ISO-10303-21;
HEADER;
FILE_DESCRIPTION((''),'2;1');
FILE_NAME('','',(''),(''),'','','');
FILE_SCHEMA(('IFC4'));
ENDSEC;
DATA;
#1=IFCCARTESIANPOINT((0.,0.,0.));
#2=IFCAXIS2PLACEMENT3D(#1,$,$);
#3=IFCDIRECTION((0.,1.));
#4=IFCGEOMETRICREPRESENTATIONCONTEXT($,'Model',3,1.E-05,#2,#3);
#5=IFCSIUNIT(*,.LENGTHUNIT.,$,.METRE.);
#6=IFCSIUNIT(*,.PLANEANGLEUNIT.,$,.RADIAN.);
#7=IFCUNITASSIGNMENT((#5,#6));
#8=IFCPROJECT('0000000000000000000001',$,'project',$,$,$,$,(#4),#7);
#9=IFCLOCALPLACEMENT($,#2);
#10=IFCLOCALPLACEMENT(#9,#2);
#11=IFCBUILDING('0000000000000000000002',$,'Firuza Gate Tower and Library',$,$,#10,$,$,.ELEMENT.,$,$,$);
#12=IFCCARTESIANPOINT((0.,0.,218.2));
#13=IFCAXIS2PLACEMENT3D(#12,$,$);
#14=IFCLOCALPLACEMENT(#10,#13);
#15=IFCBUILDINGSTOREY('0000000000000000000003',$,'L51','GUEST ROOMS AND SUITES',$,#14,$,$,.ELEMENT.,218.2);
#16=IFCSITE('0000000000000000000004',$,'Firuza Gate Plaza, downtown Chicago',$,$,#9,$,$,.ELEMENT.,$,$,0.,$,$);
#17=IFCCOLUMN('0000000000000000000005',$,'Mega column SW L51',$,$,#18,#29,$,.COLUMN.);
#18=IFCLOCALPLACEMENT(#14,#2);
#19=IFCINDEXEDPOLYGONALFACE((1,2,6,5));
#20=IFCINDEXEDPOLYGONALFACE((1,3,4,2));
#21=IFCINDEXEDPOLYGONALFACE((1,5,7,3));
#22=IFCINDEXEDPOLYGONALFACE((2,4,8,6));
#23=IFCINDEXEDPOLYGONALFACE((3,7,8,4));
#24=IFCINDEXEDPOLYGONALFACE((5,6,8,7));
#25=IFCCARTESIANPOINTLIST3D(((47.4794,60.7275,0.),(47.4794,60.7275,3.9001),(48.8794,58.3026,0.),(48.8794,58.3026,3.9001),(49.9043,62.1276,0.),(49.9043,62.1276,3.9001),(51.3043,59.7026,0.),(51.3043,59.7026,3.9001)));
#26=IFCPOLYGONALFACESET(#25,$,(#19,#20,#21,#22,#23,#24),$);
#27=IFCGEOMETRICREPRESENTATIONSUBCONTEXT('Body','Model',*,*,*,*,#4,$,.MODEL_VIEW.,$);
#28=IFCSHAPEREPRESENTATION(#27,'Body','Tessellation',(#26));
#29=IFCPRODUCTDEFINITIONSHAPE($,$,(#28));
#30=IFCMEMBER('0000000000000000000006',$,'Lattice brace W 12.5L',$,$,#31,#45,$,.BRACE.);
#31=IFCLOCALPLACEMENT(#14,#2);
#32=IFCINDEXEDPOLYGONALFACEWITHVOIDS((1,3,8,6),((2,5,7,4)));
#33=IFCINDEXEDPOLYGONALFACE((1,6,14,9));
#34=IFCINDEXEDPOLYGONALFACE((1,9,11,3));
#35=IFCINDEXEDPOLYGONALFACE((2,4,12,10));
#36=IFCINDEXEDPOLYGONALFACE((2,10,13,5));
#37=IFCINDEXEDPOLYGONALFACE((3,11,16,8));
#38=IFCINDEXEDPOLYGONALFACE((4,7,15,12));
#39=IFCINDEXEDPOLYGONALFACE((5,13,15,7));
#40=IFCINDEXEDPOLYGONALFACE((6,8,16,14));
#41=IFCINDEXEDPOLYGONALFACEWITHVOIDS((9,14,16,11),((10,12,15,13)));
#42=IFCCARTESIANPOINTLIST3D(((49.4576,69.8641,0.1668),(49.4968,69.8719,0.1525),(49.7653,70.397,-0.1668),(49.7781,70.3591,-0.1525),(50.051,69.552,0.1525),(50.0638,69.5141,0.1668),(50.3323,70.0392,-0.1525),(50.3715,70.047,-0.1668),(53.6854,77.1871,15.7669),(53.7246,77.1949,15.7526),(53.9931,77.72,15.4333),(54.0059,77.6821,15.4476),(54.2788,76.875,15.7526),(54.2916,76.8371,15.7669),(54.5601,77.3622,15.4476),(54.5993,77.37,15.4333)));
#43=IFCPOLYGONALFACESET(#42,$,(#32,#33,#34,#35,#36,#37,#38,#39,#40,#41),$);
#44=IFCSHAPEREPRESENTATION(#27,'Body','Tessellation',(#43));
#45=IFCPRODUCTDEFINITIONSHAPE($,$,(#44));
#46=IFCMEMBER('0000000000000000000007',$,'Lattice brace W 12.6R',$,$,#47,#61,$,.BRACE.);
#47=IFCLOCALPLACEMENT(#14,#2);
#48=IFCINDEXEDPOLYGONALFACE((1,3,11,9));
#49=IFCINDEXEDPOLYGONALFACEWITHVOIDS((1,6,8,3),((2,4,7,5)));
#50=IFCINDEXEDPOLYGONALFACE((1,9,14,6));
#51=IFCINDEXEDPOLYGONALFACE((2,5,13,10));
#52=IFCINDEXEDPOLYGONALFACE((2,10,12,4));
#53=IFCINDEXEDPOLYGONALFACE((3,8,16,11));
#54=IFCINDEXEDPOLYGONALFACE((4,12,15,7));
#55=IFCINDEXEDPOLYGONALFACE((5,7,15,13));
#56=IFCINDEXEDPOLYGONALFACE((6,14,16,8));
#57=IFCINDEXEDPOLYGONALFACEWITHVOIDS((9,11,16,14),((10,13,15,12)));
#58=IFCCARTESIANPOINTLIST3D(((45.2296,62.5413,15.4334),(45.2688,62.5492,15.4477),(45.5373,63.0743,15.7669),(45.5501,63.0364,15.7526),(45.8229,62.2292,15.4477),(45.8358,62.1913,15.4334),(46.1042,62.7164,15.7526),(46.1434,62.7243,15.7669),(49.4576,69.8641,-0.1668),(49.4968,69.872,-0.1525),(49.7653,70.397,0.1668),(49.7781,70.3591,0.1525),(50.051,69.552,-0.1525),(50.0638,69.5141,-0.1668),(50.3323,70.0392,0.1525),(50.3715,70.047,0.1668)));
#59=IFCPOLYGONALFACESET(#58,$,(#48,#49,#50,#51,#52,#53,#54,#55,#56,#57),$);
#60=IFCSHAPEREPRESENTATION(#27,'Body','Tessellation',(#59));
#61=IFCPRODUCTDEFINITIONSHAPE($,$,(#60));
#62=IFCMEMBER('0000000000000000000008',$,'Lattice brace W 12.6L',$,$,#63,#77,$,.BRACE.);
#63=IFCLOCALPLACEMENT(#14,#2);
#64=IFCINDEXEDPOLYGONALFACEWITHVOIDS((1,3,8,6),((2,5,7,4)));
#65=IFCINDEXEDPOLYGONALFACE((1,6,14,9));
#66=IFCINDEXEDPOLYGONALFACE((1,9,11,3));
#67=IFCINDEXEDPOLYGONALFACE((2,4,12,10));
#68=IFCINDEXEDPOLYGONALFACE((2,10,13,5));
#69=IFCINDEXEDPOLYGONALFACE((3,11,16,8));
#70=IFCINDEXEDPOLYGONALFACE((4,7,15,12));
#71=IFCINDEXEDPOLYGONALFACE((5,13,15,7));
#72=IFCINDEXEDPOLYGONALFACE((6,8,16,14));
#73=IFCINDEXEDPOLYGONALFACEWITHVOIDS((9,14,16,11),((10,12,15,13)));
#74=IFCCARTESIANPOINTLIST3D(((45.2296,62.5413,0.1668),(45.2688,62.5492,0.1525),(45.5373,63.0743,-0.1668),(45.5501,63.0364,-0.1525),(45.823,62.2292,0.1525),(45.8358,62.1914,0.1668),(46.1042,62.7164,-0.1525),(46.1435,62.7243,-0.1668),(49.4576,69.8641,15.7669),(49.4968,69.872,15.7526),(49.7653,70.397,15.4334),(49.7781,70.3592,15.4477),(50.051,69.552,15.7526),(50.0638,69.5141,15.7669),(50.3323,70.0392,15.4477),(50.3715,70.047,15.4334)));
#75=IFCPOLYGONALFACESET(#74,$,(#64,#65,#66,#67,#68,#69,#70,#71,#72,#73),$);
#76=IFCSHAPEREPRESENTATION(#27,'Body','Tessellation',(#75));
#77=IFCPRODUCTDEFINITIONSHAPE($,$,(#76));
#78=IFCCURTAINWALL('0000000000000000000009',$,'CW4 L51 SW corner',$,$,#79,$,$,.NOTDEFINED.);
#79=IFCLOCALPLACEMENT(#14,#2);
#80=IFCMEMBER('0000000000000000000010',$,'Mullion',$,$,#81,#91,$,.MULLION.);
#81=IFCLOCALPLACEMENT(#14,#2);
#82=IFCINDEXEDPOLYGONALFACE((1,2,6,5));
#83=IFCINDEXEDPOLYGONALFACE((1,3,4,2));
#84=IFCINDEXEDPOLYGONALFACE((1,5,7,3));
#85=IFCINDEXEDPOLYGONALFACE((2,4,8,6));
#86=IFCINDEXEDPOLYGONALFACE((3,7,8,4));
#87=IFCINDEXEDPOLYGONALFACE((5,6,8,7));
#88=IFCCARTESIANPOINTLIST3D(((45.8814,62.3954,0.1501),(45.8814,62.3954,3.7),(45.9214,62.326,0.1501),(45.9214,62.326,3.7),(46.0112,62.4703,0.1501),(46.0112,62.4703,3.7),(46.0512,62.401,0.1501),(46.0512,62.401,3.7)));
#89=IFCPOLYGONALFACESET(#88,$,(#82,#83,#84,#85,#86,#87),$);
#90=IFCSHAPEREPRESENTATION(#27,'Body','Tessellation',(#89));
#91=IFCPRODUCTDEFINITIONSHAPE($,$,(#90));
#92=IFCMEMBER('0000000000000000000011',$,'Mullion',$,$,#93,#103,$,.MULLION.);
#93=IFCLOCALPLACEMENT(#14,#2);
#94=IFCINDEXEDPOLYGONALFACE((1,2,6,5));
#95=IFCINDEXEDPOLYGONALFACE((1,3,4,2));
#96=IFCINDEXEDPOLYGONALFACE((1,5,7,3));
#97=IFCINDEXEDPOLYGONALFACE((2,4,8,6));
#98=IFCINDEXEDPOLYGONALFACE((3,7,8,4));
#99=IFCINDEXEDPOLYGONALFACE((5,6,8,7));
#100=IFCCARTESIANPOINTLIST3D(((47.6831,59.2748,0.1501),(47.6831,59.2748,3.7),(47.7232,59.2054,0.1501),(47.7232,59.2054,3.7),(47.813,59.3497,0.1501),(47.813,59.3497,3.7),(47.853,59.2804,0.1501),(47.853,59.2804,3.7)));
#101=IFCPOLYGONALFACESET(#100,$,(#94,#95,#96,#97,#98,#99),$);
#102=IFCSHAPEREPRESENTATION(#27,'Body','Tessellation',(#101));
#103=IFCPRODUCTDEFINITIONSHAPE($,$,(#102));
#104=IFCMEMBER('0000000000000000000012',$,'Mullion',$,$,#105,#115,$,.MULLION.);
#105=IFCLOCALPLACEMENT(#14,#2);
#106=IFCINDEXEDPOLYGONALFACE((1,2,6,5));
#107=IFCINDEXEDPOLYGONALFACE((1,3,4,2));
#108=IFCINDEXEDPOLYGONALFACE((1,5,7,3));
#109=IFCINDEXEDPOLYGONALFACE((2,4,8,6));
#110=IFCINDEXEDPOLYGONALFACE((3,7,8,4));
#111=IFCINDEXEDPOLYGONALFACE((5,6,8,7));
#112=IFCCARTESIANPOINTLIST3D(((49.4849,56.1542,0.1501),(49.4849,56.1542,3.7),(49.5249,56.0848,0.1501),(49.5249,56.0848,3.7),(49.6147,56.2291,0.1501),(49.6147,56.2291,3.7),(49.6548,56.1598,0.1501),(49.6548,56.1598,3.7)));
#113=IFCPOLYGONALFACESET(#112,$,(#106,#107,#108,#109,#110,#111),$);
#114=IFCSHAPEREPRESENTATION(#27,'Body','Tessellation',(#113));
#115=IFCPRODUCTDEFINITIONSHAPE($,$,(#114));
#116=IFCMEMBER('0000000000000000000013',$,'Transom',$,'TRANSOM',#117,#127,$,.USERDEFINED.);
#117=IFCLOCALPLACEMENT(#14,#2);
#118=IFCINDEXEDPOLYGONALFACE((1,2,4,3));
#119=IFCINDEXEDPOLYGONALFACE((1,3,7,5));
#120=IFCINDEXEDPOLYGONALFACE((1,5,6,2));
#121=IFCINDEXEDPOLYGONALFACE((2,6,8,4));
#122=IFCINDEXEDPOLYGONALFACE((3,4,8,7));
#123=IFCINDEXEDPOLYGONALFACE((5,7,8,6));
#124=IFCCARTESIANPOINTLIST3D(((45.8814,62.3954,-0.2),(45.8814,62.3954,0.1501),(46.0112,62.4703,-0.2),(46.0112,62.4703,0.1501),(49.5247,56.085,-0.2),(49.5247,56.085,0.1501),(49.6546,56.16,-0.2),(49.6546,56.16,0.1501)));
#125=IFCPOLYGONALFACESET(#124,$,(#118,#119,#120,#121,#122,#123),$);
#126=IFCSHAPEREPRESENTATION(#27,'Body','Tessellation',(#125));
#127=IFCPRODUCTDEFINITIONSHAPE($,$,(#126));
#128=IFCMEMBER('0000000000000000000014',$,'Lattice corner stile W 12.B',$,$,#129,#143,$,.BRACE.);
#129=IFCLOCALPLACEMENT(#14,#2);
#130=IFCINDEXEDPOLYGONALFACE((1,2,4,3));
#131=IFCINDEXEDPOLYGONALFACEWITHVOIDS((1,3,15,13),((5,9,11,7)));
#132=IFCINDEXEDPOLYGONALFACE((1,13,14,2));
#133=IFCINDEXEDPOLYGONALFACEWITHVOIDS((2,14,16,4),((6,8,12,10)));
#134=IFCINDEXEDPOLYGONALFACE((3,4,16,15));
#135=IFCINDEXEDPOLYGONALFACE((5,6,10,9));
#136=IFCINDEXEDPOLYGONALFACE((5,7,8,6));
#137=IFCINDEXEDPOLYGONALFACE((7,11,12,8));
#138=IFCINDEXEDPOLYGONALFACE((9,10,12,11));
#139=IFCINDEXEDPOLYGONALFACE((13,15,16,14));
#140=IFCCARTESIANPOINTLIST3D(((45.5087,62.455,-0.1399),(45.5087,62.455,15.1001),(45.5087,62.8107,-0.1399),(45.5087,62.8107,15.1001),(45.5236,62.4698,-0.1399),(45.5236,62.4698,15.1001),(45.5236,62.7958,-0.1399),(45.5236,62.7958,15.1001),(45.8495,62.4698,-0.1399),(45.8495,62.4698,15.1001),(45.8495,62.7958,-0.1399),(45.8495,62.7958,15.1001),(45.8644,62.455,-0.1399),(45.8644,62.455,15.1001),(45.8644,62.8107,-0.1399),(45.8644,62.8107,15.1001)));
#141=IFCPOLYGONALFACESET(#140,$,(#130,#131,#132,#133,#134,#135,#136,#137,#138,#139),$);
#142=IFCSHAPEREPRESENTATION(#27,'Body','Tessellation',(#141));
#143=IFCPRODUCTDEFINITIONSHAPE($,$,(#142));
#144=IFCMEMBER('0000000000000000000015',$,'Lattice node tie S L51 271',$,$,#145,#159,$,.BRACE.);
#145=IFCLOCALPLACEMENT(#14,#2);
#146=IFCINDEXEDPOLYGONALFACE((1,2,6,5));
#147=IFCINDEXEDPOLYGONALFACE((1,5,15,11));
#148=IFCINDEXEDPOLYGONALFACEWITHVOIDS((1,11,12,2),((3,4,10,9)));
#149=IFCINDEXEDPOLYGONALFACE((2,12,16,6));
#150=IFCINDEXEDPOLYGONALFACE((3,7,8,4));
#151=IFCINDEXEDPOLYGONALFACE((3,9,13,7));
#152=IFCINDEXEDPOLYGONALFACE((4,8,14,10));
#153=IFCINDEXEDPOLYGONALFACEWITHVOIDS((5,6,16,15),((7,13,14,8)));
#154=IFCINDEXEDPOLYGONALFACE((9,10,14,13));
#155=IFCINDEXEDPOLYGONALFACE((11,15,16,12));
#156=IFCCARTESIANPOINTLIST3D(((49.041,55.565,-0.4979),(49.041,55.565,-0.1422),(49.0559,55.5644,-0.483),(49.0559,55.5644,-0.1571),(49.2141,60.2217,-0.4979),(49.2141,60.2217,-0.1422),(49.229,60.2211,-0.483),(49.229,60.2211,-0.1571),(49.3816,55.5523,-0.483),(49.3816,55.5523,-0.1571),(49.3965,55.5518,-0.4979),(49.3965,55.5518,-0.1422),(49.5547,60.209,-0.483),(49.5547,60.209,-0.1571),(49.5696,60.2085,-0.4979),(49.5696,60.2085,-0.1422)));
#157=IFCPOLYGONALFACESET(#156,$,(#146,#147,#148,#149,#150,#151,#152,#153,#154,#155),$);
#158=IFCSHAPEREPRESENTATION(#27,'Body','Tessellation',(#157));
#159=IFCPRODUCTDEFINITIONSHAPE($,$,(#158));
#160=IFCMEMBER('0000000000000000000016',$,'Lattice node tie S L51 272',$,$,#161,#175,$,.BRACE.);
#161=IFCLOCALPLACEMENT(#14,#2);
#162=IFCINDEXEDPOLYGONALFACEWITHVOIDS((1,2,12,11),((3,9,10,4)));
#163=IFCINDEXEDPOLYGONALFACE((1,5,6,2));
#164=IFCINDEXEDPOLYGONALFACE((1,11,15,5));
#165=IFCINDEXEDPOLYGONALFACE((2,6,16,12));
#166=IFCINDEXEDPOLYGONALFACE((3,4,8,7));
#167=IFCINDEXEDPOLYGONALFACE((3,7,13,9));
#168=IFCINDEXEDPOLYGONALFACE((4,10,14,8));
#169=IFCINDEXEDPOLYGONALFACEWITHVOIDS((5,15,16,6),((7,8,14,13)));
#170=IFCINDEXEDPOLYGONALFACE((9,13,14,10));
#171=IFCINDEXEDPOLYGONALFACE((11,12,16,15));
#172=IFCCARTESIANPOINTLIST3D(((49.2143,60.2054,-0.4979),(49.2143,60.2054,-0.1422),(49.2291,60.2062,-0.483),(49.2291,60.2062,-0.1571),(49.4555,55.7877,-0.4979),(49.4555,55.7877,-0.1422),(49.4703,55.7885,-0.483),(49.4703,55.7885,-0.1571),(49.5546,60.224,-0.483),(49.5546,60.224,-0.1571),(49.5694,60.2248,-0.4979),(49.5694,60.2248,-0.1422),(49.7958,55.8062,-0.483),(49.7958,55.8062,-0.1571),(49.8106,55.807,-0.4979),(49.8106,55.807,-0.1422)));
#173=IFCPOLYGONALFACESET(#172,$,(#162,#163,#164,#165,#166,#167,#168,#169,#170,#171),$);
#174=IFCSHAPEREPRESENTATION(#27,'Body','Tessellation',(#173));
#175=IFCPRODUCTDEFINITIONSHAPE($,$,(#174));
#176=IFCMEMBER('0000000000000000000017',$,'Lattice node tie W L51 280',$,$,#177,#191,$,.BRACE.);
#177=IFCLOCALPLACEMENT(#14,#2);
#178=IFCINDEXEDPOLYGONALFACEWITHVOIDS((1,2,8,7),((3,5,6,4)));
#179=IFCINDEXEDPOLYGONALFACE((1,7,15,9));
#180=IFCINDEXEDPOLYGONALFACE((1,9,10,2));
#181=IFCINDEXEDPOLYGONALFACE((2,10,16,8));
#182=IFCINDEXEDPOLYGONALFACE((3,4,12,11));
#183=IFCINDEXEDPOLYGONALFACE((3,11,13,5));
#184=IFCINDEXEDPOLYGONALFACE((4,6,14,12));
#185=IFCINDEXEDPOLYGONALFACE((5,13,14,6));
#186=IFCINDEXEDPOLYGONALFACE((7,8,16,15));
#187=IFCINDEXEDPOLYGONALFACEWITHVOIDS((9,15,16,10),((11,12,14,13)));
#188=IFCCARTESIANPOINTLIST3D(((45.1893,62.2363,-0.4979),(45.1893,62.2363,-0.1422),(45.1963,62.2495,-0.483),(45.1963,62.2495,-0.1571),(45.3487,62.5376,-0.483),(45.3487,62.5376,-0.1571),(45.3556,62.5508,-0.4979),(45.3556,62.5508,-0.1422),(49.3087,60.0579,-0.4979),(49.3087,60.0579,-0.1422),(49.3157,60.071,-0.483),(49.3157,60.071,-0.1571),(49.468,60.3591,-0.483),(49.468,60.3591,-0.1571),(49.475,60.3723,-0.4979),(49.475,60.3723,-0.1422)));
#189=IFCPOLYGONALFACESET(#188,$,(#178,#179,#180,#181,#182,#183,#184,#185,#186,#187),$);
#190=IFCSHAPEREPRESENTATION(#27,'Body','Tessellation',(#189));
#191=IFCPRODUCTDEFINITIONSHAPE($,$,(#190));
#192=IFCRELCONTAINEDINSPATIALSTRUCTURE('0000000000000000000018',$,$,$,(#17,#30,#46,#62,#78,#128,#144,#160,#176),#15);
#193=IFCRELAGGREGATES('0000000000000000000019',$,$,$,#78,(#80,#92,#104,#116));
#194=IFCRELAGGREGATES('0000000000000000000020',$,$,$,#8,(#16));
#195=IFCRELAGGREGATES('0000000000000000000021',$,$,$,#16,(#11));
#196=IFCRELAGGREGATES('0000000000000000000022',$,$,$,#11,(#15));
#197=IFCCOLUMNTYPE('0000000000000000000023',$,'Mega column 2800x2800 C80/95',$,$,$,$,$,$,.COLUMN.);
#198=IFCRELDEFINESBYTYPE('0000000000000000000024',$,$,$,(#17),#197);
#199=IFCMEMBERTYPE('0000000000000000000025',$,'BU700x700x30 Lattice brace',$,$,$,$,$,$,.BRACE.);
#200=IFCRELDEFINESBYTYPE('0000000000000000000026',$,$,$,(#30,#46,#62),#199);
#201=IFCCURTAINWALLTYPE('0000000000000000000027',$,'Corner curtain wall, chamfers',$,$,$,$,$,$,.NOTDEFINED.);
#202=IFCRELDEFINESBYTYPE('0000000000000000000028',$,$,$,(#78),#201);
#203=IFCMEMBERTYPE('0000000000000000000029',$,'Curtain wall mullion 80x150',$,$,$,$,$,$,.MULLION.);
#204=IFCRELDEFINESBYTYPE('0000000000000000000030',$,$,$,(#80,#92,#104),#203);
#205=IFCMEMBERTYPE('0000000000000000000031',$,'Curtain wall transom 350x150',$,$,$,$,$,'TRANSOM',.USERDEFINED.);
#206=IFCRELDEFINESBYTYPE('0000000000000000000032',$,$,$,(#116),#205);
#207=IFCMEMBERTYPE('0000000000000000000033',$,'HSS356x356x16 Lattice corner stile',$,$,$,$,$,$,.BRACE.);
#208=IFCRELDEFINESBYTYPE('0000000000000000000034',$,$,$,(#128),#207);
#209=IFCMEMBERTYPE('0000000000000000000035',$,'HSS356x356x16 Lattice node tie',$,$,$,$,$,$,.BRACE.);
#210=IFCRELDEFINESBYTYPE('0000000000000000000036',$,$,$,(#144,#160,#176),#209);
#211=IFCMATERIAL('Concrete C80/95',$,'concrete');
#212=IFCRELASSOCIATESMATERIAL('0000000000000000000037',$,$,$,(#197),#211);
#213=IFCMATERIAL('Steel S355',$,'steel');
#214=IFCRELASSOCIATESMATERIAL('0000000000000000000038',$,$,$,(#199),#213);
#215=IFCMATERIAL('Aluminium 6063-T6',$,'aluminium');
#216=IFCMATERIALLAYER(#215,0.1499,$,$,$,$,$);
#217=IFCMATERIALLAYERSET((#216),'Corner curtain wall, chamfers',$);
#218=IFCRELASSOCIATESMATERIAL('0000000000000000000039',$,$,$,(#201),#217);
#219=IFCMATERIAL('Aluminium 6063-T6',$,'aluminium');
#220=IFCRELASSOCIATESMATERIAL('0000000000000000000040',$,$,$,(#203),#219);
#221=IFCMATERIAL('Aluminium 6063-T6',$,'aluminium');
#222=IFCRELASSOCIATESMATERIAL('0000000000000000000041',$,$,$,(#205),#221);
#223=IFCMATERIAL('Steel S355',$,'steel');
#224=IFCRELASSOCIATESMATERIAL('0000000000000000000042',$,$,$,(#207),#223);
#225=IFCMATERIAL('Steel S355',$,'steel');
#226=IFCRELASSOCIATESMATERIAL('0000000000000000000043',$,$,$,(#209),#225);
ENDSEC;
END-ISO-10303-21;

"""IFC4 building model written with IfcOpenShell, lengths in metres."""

from ifc_helpers import new_model, si_unit, direction, frame, origin, origin_2d, place, context, subcontext, project, spatial, rectangle, hollow_rectangle, extrude, material, layer, layer_set, material_profile, profile_set, type_object, element, aggregate, save


model = new_model("IFC4")

# Units and contexts
model_context = context("Model", 3, precision=1e-05, world=origin(), true_north=direction((0.0, 1.0)))
body_context = subcontext(model_context, "Body", "Model", "MODEL_VIEW")
ifc_project = project(units=[si_unit("LENGTHUNIT", "METRE"), si_unit("PLANEANGLEUNIT", "RADIAN")], contexts=[model_context])

# Site, building, storey
site_placement = place(None, origin())
site = spatial("IfcSite", under=ifc_project, at=site_placement, Name="Firuza Gate Plaza, downtown Chicago", CompositionType="ELEMENT", RefElevation=0.0)
building_placement = place(site_placement, origin())
building = spatial("IfcBuilding", under=site, at=building_placement, Name="Firuza Gate Tower and Library", CompositionType="ELEMENT")
storey_placement = place(building_placement, frame((0.0, 0.0, 218.2)))
storey = spatial("IfcBuildingStorey", under=building, at=storey_placement, Name="L51", Description="GUEST ROOMS AND SUITES", CompositionType="ELEMENT", Elevation=218.2)

# Column
ifc_material_1 = material(Name="Concrete C80/95", Category="concrete")
ifc_material_profile_1 = material_profile(ifc_material_1, rectangle(XDim=2.8, YDim=2.8, at=origin_2d()))
ifc_profile_set_1 = profile_set([ifc_material_profile_1], Name="Concrete C80/95")
column_type = type_object("IfcColumnType", Name="Mega column 2800x2800 C80/95", PredefinedType="COLUMN", material=ifc_profile_set_1)
column_placement = place(storey_placement, frame((49.3918, 60.2151, 0.0), z_axis=(0.0, 0.0, 1.0), x_axis=(0.5, -0.866025, 0.0)))
element("IfcColumn", 1, at=column_placement, inside=storey, type_object=column_type, Name="Mega column SW L51", PredefinedType="COLUMN", context=body_context, shape_type="SweptSolid", body=[
    extrude(rectangle(XDim=2.8, YDim=2.8, at=origin_2d()), origin(), (0.0, 0.0, 1.0), 3.9001),
])

# Members
ifc_material_2 = material(Name="Steel S355", Category="steel")
ifc_material_profile_2 = material_profile(ifc_material_2, hollow_rectangle(XDim=0.7, YDim=0.7, WallThickness=0.03, at=origin_2d()))
ifc_profile_set_2 = profile_set([ifc_material_profile_2], Name="Steel S355")
member_type_1 = type_object("IfcMemberType", Name="BU700x700x30 Lattice brace", PredefinedType="BRACE", material=ifc_profile_set_2)
for number, where, z_axis, x_axis, name in (
    (2, (49.9146, 69.9556, 0.0), (0.23826, 0.412694, 0.879156), (-0.866033, 0.499987, 0.0), "Lattice brace W 12.5L"),
    (3, (49.9146, 69.9556, 0.0), (-0.238275, -0.412681, 0.879159), (0.866013, -0.500021, 0.0), "Lattice brace W 12.6R"),
    (4, (45.6865, 62.6328, 0.0), (0.238275, 0.412681, 0.879159), (-0.866013, 0.500021, 0.0), "Lattice brace W 12.6L"),
):
    element("IfcMember", number, at=place(storey_placement, frame(where, z_axis=z_axis, x_axis=x_axis)), inside=storey, type_object=member_type_1, Name=name, PredefinedType="BRACE", context=body_context, shape_type="SweptSolid", body=[
        extrude(hollow_rectangle(XDim=0.7, YDim=0.7, WallThickness=0.03, at=origin_2d()), origin(), (0.0, 0.0, 1.0), 17.7444),
    ])

# Curtain wall, members
ifc_material_3 = material(Name="Aluminium 6063-T6", Category="aluminium")
ifc_layer_1 = layer(ifc_material_3, 0.1499)
ifc_layer_set_1 = layer_set([ifc_layer_1], Name="Corner curtain wall, chamfers")
curtain_wall_type = type_object("IfcCurtainWallType", Name="Corner curtain wall, chamfers", PredefinedType="NOTDEFINED", material=ifc_layer_set_1)
curtain_wall_placement = place(storey_placement, origin())
curtain_wall = element("IfcCurtainWall", 5, at=curtain_wall_placement, inside=storey, type_object=curtain_wall_type, Name="CW4 L51 SW corner", PredefinedType="NOTDEFINED")
ifc_material_4 = material(Name="Aluminium 6063-T6", Category="aluminium")
ifc_material_profile_3 = material_profile(ifc_material_4, rectangle(XDim=0.1499, YDim=0.0801, at=origin_2d()))
ifc_profile_set_3 = profile_set([ifc_material_profile_3], Name="Aluminium 6063-T6")
member_type_2 = type_object("IfcMemberType", Name="Curtain wall mullion 80x150", PredefinedType="MULLION", material=ifc_profile_set_3)
member_1_placement = place(storey_placement, frame((45.9663, 62.3982, 0.1501), z_axis=(0.0, 0.0, 1.0), x_axis=(0.866025, 0.5, 0.0)))
member_1 = element("IfcMember", 6, at=member_1_placement, type_object=member_type_2, Name="Mullion", PredefinedType="MULLION", context=body_context, shape_type="SweptSolid", body=[
    extrude(rectangle(XDim=0.1499, YDim=0.0801, at=origin_2d()), origin(), (0.0, 0.0, 1.0), 3.5498),
])
member_2_placement = place(storey_placement, frame((47.7681, 59.2776, 0.1501), z_axis=(0.0, 0.0, 1.0), x_axis=(0.866025, 0.5, 0.0)))
member_2 = element("IfcMember", 7, at=member_2_placement, type_object=member_type_2, Name="Mullion", PredefinedType="MULLION", context=body_context, shape_type="SweptSolid", body=[
    extrude(rectangle(XDim=0.1499, YDim=0.0801, at=origin_2d()), origin(), (0.0, 0.0, 1.0), 3.5498),
])
member_3_placement = place(storey_placement, frame((49.5698, 56.157, 0.1501), z_axis=(0.0, 0.0, 1.0), x_axis=(0.866025, 0.5, 0.0)))
member_3 = element("IfcMember", 8, at=member_3_placement, type_object=member_type_2, Name="Mullion", PredefinedType="MULLION", context=body_context, shape_type="SweptSolid", body=[
    extrude(rectangle(XDim=0.1499, YDim=0.0801, at=origin_2d()), origin(), (0.0, 0.0, 1.0), 3.5498),
])
ifc_material_5 = material(Name="Aluminium 6063-T6", Category="aluminium")
ifc_material_profile_4 = material_profile(ifc_material_5, rectangle(XDim=0.1499, YDim=0.3501, at=origin_2d()))
ifc_profile_set_4 = profile_set([ifc_material_profile_4], Name="Aluminium 6063-T6")
member_type_3 = type_object("IfcMemberType", Name="Curtain wall transom 350x150", ElementType="TRANSOM", PredefinedType="USERDEFINED", material=ifc_profile_set_4)
member_4_placement = place(storey_placement, frame((45.9463, 62.4329, -0.0249), z_axis=(0.500006, -0.866022, 0.0), x_axis=(0.866022, 0.500006, 0.0)))
member_4 = element("IfcMember", 9, at=member_4_placement, type_object=member_type_3, Name="Transom", ObjectType="TRANSOM", PredefinedType="USERDEFINED", context=body_context, shape_type="SweptSolid", body=[
    extrude(rectangle(XDim=0.1499, YDim=0.3501, at=origin_2d()), origin(), (0.0, 0.0, 1.0), 7.2866),
])

# Members
ifc_material_6 = material(Name="Steel S355", Category="steel")
ifc_material_profile_5 = material_profile(ifc_material_6, hollow_rectangle(XDim=0.3557, YDim=0.3557, WallThickness=0.0149, at=origin_2d()))
ifc_profile_set_5 = profile_set([ifc_material_profile_5], Name="Steel S355")
member_type_4 = type_object("IfcMemberType", Name="HSS356x356x16 Lattice corner stile", PredefinedType="BRACE", material=ifc_profile_set_5)
member_5_placement = place(storey_placement, frame((45.6865, 62.6328, -0.1399), z_axis=(0.0, 0.0, 1.0), x_axis=(1.0, 0.0, 0.0)))
element("IfcMember", 10, at=member_5_placement, inside=storey, type_object=member_type_4, Name="Lattice corner stile W 12.B", PredefinedType="BRACE", context=body_context, shape_type="SweptSolid", body=[
    extrude(hollow_rectangle(XDim=0.3557, YDim=0.3557, WallThickness=0.0149, at=origin_2d()), origin(), (0.0, 0.0, 1.0), 15.24),
])
ifc_material_7 = material(Name="Steel S355", Category="steel")
ifc_material_profile_6 = material_profile(ifc_material_7, hollow_rectangle(XDim=0.3557, YDim=0.3557, WallThickness=0.0149, at=origin_2d()))
ifc_profile_set_6 = profile_set([ifc_material_profile_6], Name="Steel S355")
member_type_5 = type_object("IfcMemberType", Name="HSS356x356x16 Lattice node tie", PredefinedType="BRACE", material=ifc_profile_set_6)
member_6_placement = place(storey_placement, frame((49.3918, 60.2151, -0.3201), z_axis=(-0.037145, -0.99931, 0.0), x_axis=(0.99931, -0.037145, 0.0)))
element("IfcMember", 11, at=member_6_placement, inside=storey, type_object=member_type_5, Name="Lattice node tie S L51 271", PredefinedType="BRACE", context=body_context, shape_type="SweptSolid", body=[
    extrude(hollow_rectangle(XDim=0.3557, YDim=0.3557, WallThickness=0.0149, at=origin_2d()), origin(), (0.0, 0.0, 1.0), 4.6599),
])
member_7_placement = place(storey_placement, frame((49.3918, 60.2151, -0.3201), z_axis=(0.05452, -0.998513, 0.0), x_axis=(0.998513, 0.05452, 0.0)))
element("IfcMember", 12, at=member_7_placement, inside=storey, type_object=member_type_5, Name="Lattice node tie S L51 272", PredefinedType="BRACE", context=body_context, shape_type="SweptSolid", body=[
    extrude(hollow_rectangle(XDim=0.3557, YDim=0.3557, WallThickness=0.0149, at=origin_2d()), origin(), (0.0, 0.0, 1.0), 4.4243),
])
member_8_placement = place(storey_placement, frame((49.3918, 60.2151, -0.3201), z_axis=(-0.883999, 0.467488, 0.0), x_axis=(-0.467488, -0.883999, 0.0)))
element("IfcMember", 13, at=member_8_placement, inside=storey, type_object=member_type_5, Name="Lattice node tie W L51 280", PredefinedType="BRACE", context=body_context, shape_type="SweptSolid", body=[
    extrude(hollow_rectangle(XDim=0.3557, YDim=0.3557, WallThickness=0.0149, at=origin_2d()), origin(), (0.0, 0.0, 1.0), 4.6599),
])

aggregate(curtain_wall, [member_1, member_2, member_3, member_4])

save(model, "model.ifc")
